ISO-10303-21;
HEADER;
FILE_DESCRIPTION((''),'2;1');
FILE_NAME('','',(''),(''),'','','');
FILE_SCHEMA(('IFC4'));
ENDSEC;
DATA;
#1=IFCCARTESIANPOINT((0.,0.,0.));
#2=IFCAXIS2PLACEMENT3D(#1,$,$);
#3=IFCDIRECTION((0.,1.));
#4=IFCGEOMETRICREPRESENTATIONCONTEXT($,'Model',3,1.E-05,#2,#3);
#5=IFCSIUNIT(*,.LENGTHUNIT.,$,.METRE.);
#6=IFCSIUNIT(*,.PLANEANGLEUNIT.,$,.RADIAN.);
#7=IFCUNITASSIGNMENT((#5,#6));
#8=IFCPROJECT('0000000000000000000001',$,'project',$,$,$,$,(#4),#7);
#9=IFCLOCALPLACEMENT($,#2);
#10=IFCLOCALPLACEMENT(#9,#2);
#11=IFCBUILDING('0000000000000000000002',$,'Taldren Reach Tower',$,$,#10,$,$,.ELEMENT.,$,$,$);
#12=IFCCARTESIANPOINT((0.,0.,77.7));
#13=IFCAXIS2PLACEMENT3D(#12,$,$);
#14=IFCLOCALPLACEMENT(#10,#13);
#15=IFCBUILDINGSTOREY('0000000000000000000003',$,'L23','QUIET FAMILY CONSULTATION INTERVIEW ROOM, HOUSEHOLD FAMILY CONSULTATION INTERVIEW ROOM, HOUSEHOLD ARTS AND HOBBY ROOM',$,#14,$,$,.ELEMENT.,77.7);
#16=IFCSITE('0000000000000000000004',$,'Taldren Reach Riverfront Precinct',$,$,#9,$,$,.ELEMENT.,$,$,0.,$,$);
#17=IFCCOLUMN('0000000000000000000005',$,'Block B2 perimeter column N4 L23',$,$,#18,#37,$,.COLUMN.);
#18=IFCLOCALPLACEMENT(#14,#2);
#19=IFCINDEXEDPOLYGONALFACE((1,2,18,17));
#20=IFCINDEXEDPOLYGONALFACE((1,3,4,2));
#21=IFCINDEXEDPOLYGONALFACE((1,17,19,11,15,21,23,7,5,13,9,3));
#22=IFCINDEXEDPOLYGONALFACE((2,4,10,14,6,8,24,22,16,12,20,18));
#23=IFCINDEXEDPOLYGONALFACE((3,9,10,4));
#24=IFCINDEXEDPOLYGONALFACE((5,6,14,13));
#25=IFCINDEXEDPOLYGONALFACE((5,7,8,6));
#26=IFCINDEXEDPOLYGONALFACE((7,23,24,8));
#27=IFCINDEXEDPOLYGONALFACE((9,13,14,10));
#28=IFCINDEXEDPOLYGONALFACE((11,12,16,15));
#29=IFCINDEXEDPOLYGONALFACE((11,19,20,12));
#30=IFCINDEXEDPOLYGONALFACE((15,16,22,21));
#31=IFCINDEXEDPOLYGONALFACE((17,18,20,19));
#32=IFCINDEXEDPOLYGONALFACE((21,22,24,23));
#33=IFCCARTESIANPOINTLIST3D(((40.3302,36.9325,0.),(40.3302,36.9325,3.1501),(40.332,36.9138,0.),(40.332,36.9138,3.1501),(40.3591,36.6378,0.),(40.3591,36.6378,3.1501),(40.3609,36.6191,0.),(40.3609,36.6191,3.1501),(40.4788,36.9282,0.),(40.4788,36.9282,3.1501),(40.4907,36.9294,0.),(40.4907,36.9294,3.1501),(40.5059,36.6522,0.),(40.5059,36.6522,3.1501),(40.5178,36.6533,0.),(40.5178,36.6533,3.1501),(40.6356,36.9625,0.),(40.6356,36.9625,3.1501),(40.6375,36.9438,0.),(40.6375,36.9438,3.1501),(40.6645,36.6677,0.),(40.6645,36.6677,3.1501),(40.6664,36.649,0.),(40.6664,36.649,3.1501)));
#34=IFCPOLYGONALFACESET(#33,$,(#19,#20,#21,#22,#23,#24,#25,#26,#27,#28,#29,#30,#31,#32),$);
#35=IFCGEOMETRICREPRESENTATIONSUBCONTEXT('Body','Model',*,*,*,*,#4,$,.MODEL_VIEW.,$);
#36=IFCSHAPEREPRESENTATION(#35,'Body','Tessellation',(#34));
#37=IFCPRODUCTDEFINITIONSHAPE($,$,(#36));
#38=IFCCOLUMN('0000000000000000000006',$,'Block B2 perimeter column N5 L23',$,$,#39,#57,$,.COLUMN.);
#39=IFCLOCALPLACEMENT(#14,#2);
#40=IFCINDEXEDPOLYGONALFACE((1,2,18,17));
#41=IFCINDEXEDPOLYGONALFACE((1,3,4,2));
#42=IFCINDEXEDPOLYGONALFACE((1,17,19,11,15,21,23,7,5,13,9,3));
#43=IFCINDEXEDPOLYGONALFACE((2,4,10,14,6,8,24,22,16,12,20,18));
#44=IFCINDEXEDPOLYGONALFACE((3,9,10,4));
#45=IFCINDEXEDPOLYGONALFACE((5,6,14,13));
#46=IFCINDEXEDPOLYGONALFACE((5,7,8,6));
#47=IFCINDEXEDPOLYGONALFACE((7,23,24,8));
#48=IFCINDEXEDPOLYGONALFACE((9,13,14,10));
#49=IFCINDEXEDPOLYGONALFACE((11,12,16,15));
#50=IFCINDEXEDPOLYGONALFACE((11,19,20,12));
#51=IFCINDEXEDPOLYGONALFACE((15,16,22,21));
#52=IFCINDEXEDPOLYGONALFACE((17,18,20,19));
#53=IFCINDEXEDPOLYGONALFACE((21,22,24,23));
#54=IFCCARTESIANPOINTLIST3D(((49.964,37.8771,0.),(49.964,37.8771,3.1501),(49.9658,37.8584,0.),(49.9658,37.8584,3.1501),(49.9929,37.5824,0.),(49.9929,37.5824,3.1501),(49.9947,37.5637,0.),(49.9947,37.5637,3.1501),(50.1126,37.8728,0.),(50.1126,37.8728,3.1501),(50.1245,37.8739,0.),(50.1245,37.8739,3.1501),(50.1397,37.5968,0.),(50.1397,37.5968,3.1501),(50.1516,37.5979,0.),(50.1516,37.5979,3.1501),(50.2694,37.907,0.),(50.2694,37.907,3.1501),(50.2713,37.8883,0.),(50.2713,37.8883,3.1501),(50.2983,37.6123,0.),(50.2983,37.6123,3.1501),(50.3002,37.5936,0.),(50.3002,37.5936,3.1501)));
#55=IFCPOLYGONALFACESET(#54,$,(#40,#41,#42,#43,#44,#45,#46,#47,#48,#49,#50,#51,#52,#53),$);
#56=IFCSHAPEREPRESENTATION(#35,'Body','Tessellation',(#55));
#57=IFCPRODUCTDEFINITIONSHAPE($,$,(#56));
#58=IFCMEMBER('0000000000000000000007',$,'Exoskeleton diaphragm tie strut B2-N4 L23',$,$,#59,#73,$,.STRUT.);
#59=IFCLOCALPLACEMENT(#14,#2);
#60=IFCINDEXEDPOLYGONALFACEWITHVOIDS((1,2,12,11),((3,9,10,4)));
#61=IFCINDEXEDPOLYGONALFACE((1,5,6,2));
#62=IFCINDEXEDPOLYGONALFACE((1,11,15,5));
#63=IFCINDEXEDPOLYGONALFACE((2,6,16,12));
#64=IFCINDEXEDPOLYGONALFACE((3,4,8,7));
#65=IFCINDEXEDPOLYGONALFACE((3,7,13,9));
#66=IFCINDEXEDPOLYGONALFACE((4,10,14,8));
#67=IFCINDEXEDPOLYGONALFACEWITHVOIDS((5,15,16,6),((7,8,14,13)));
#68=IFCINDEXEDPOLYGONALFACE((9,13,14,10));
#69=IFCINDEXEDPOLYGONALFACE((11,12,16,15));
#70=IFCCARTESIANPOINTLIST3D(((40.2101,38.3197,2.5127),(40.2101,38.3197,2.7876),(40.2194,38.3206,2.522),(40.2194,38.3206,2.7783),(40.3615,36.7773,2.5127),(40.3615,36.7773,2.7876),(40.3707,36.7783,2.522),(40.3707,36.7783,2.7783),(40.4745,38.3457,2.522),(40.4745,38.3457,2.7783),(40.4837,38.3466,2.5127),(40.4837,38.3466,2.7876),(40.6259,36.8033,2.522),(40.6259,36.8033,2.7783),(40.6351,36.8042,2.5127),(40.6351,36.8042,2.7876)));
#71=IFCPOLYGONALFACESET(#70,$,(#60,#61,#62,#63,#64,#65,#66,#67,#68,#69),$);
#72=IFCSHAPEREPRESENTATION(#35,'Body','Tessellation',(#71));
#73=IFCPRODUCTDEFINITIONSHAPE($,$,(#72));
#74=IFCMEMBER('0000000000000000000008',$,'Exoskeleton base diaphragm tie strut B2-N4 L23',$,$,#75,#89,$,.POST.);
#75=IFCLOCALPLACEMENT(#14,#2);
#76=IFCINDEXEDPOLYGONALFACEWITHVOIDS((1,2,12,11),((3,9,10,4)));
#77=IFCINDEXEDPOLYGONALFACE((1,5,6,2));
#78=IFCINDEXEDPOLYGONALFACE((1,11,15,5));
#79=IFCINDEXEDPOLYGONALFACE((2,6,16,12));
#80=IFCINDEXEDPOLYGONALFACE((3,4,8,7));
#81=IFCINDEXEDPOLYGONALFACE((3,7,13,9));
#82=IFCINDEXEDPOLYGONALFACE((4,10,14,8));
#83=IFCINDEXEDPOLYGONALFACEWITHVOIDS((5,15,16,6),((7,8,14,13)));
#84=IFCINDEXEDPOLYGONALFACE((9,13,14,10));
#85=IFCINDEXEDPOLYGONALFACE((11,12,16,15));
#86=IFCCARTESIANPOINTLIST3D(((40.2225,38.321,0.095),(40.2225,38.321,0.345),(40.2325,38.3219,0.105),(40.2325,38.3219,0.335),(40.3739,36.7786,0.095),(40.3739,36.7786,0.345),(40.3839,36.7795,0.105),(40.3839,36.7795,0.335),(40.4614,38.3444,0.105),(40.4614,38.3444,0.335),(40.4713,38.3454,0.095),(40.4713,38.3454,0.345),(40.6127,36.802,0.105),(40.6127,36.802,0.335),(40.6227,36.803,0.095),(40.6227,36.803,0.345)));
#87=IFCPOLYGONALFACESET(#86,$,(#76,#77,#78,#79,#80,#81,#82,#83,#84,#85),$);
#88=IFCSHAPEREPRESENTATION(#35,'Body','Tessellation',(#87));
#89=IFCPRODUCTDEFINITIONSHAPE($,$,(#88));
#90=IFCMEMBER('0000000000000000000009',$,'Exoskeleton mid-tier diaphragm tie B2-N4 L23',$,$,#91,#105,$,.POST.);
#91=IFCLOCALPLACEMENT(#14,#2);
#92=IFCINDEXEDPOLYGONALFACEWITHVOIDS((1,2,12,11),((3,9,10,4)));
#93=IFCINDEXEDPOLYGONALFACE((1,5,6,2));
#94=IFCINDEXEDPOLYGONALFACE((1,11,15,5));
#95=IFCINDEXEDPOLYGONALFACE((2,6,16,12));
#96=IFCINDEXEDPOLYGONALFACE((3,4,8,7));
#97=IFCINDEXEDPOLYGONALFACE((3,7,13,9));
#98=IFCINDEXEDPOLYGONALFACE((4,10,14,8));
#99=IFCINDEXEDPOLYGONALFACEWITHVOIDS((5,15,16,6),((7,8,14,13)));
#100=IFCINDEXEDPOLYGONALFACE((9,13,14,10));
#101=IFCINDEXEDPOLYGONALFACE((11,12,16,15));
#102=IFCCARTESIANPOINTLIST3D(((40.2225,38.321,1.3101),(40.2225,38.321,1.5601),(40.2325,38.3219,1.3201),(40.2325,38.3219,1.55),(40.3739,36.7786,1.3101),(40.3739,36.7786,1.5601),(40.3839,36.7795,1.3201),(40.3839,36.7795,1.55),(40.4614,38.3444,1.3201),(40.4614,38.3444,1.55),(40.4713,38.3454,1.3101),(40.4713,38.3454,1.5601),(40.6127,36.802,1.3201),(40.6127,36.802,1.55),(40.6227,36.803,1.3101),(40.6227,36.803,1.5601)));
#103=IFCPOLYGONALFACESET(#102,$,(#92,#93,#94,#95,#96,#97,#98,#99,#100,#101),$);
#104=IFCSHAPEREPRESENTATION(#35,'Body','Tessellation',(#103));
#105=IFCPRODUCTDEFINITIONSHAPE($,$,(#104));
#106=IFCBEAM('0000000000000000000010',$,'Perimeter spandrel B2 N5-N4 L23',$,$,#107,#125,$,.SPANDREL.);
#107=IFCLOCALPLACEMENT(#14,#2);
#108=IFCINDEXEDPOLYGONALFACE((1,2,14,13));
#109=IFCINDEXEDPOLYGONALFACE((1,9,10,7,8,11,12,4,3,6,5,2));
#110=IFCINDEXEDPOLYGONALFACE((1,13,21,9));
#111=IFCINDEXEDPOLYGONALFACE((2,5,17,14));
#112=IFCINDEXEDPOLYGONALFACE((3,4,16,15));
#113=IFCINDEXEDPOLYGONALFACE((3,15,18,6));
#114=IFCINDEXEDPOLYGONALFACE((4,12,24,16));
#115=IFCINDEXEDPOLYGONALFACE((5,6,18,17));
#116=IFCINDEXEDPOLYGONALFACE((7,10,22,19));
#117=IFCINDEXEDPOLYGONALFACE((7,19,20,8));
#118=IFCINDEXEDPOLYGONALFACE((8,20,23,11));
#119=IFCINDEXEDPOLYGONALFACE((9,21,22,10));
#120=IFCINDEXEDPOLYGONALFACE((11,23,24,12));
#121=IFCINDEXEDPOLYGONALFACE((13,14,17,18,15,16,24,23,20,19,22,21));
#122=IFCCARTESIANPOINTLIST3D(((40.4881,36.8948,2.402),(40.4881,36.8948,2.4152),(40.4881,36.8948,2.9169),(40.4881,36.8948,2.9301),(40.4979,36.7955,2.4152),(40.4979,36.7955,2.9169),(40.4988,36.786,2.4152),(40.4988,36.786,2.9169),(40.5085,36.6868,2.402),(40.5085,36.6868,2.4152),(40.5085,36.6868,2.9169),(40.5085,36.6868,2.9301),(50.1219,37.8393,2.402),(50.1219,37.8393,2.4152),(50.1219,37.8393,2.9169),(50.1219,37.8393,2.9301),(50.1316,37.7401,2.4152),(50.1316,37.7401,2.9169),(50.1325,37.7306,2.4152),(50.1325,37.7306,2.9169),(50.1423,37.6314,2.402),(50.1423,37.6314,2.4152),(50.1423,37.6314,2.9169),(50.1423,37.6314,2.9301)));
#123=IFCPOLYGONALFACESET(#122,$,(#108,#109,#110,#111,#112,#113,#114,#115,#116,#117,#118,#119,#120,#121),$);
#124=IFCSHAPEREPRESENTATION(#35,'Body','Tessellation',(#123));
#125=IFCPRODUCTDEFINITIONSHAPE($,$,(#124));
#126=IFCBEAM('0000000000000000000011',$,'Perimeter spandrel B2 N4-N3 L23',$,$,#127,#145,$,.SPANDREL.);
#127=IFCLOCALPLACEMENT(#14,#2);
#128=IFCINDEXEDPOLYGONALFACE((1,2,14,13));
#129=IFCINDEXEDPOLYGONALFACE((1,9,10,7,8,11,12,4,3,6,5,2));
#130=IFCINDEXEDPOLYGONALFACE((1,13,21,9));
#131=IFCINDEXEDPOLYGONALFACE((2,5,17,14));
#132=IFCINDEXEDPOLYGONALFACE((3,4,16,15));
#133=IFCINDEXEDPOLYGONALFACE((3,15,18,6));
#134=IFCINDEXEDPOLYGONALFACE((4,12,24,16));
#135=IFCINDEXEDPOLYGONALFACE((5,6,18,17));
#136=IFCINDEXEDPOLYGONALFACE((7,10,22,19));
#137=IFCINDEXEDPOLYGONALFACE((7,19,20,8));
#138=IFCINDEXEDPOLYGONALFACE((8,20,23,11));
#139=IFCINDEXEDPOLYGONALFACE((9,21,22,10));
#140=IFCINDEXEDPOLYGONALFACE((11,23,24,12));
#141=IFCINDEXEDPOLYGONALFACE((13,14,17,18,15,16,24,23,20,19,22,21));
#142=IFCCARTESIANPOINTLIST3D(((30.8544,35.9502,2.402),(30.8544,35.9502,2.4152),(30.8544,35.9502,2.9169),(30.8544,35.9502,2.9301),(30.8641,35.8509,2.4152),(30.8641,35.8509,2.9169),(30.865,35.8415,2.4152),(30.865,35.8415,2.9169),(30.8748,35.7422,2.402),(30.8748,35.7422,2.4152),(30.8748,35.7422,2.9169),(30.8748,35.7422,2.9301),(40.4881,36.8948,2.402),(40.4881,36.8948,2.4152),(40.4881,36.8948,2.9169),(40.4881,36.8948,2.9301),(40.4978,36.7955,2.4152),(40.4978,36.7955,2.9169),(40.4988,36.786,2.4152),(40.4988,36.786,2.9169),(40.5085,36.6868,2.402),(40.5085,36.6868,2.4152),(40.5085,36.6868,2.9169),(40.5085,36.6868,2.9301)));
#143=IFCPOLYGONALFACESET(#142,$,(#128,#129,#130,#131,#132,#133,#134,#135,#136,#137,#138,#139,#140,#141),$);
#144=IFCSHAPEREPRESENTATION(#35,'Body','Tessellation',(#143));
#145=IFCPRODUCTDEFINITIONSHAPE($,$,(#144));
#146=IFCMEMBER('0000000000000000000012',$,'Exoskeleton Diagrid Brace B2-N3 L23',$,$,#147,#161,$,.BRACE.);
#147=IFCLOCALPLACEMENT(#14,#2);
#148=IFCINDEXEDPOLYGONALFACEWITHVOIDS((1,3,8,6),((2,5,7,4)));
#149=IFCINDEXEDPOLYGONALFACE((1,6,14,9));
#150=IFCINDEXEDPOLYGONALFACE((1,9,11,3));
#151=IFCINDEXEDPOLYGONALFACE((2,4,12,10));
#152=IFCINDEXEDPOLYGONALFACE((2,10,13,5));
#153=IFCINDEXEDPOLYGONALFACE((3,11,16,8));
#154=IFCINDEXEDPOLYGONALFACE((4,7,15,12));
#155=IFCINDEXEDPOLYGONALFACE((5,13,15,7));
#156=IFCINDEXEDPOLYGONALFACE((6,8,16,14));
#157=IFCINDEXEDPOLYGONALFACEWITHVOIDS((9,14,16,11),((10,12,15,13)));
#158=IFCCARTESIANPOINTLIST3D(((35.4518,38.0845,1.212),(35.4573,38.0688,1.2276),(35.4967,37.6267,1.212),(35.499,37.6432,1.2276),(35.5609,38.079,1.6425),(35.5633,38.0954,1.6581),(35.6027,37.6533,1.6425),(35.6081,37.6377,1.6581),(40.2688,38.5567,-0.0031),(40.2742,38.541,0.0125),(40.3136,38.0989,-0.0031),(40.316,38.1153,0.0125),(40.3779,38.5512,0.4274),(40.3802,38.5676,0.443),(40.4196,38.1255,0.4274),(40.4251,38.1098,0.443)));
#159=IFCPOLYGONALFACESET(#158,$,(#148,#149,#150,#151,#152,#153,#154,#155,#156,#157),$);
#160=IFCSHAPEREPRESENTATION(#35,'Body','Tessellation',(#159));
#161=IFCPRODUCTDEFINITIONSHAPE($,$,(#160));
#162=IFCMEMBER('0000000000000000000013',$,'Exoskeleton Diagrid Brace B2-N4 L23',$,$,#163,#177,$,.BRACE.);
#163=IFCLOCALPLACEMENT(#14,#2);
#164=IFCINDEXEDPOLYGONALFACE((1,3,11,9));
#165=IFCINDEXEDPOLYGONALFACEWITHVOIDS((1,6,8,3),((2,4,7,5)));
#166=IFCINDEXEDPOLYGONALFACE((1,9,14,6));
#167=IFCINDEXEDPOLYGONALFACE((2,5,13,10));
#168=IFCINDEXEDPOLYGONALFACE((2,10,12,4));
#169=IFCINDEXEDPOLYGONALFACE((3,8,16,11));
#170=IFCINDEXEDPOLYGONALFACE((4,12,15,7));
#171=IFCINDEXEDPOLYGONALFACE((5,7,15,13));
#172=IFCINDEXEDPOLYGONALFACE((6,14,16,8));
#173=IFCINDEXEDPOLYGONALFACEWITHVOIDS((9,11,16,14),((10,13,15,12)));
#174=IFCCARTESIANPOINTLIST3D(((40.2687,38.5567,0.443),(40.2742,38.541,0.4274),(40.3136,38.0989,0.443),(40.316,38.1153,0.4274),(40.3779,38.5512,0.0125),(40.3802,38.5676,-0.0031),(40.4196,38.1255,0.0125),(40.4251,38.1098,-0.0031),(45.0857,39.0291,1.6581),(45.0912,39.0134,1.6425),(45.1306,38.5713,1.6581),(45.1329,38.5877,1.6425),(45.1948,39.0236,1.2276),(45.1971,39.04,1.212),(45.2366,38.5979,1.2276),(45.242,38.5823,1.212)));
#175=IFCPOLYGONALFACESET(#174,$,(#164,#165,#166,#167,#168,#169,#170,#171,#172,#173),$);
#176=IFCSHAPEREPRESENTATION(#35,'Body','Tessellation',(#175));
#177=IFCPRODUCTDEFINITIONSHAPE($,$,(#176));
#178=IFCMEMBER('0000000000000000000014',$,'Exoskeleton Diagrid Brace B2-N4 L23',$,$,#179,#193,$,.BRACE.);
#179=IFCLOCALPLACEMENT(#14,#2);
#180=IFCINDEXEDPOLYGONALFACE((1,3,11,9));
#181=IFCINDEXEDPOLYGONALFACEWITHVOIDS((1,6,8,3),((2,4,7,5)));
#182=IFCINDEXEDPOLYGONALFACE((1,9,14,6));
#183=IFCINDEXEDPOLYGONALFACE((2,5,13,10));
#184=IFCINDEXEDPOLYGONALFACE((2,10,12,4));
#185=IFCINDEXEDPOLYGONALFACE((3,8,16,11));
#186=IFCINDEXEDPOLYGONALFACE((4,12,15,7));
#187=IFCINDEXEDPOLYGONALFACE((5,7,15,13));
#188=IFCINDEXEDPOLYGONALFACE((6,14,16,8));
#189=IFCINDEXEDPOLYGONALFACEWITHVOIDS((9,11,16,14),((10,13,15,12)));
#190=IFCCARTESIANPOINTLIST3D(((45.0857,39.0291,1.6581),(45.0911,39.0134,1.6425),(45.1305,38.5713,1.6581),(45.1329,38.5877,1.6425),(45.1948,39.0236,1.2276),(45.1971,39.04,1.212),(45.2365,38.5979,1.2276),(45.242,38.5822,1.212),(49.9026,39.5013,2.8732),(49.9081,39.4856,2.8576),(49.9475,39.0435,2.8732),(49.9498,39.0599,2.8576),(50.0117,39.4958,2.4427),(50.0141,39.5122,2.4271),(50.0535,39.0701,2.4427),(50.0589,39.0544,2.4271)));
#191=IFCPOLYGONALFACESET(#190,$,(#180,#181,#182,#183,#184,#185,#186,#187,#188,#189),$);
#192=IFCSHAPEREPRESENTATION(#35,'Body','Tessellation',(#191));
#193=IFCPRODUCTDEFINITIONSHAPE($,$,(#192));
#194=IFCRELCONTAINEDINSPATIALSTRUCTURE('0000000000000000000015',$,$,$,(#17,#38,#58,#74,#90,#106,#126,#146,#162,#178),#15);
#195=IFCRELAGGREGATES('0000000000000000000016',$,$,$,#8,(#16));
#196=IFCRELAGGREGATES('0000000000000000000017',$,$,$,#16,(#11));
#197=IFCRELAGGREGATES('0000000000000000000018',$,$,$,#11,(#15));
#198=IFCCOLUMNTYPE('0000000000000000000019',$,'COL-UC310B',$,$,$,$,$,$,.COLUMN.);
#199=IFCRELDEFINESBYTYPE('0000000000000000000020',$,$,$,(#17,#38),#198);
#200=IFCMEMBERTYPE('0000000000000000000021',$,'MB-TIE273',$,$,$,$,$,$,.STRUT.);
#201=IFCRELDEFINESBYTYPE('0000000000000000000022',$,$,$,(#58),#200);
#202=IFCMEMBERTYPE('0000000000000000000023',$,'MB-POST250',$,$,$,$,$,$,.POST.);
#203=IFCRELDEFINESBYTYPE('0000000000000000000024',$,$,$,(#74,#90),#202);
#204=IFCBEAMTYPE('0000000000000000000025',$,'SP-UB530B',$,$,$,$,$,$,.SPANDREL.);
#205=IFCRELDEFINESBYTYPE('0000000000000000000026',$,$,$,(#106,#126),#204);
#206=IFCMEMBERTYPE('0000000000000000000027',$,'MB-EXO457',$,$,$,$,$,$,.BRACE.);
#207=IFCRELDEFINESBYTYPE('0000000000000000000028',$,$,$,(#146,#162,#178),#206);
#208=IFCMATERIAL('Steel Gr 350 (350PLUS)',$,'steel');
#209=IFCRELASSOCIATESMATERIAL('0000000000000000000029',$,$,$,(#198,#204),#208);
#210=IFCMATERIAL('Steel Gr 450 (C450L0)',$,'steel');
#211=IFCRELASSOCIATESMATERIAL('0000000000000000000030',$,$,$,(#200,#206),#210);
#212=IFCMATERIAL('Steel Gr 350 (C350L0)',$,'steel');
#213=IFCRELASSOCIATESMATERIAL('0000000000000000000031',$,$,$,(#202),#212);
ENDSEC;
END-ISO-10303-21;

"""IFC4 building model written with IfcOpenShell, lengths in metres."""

from ifc_helpers import new_model, si_unit, direction, frame, origin, origin_2d, place, context, subcontext, project, spatial, hollow_rectangle, i_section, extrude, source, transform, mapped, material, material_profile, profile_set, type_object, element, save


model = new_model("IFC4")

# Units and contexts
model_context = context("Model", 3, precision=1e-05, world=origin(), true_north=direction((0.0, 1.0)))
body_context = subcontext(model_context, "Body", "Model", "MODEL_VIEW")
ifc_project = project(units=[si_unit("LENGTHUNIT", "METRE"), si_unit("PLANEANGLEUNIT", "RADIAN")], contexts=[model_context])

# Site, building, storey
site_placement = place(None, origin())
site = spatial("IfcSite", under=ifc_project, at=site_placement, Name="Taldren Reach Riverfront Precinct", CompositionType="ELEMENT", RefElevation=0.0)
building_placement = place(site_placement, origin())
building = spatial("IfcBuilding", under=site, at=building_placement, Name="Taldren Reach Tower", CompositionType="ELEMENT")
storey_placement = place(building_placement, frame((0.0, 0.0, 77.7)))
storey = spatial("IfcBuildingStorey", under=building, at=storey_placement, Name="L23", Description="QUIET FAMILY CONSULTATION INTERVIEW ROOM, HOUSEHOLD FAMILY CONSULTATION INTERVIEW ROOM, HOUSEHOLD ARTS AND HOBBY ROOM", CompositionType="ELEMENT", Elevation=77.7)

# Columns
ifc_material_1 = material(Name="Steel Gr 350 (350PLUS)", Category="steel")
ifc_material_profile_1 = material_profile(ifc_material_1, i_section(OverallWidth=0.3069, OverallDepth=0.3149, WebThickness=0.012, FlangeThickness=0.0188, at=origin_2d()), Name="310UC118")
ifc_profile_set_1 = profile_set([ifc_material_profile_1], Name="Steel Gr 350 (350PLUS)")
column_type = type_object("IfcColumnType", Name="COL-UC310B", PredefinedType="COLUMN", material=ifc_profile_set_1)
shared_shape_1 = source(origin(), body_context, "Body", "SweptSolid", [
    extrude(i_section(OverallWidth=0.3069, OverallDepth=0.3149, WebThickness=0.012, FlangeThickness=0.0188, at=origin_2d()), origin(), (0.0, 0.0, 1.0), 3.1501),
])
for number, where, z_axis, x_axis, name in (
    (1, (40.4983, 36.7908, 0.0), (0.0, 0.0, 1.0), (0.995227, 0.097583, 0.0), "Block B2 perimeter column N4 L23"),
    (2, (50.1321, 37.7354, 0.0), (0.0, 0.0, 1.0), (0.995227, 0.097583, 0.0), "Block B2 perimeter column N5 L23"),
):
    element("IfcColumn", number, at=place(storey_placement, frame(where, z_axis=z_axis, x_axis=x_axis)), inside=storey, type_object=column_type, Name=name, PredefinedType="COLUMN", context=body_context, shape_type="MappedRepresentation", body=[
        mapped(shared_shape_1, transform((0.0, 0.0, 0.0), scale=1.0)),
    ])

# Members
ifc_material_2 = material(Name="Steel Gr 450 (C450L0)", Category="steel")
ifc_material_profile_2 = material_profile(ifc_material_2, hollow_rectangle(XDim=0.2749, YDim=0.2749, WallThickness=0.0093, at=origin_2d()), Name="275x275x9.3SHS")
ifc_profile_set_2 = profile_set([ifc_material_profile_2], Name="Steel Gr 450 (C450L0)")
member_type_1 = type_object("IfcMemberType", Name="MB-TIE273", PredefinedType="STRUT", material=ifc_profile_set_2)
shared_shape_2 = source(origin(), body_context, "Body", "SweptSolid", [
    extrude(hollow_rectangle(XDim=0.2749, YDim=0.2749, WallThickness=0.0093, at=origin_2d()), origin(), (0.0, 0.0, 1.0), 1.5498),
])
member_1_placement = place(storey_placement, frame((40.4983, 36.7908, 2.6501), z_axis=(-0.097663, 0.99522, 0.0), x_axis=(-0.99522, -0.097663, 0.0)))
element("IfcMember", 3, at=member_1_placement, inside=storey, type_object=member_type_1, Name="Exoskeleton diaphragm tie strut B2-N4 L23", PredefinedType="STRUT", context=body_context, shape_type="MappedRepresentation", body=[
    mapped(shared_shape_2, transform((0.0, 0.0, 0.0), scale=1.0)),
])
ifc_material_3 = material(Name="Steel Gr 350 (C350L0)", Category="steel")
ifc_material_profile_3 = material_profile(ifc_material_3, hollow_rectangle(XDim=0.25, YDim=0.25, WallThickness=0.01, at=origin_2d()), Name="250x250x10.0SHS")
ifc_profile_set_3 = profile_set([ifc_material_profile_3], Name="Steel Gr 350 (C350L0)")
member_type_2 = type_object("IfcMemberType", Name="MB-POST250", PredefinedType="POST", material=ifc_profile_set_3)
shared_shape_3 = source(origin(), body_context, "Body", "SweptSolid", [
    extrude(hollow_rectangle(XDim=0.25, YDim=0.25, WallThickness=0.01, at=origin_2d()), origin(), (0.0, 0.0, 1.0), 1.5498),
])
for number, where, z_axis, x_axis, name in (
    (4, (40.4983, 36.7908, 0.22), (-0.097663, 0.99522, 0.0), (-0.99522, -0.097663, 0.0), "Exoskeleton base diaphragm tie strut B2-N4 L23"),
    (5, (40.4983, 36.7908, 1.4351), (-0.097663, 0.99522, 0.0), (-0.99522, -0.097663, 0.0), "Exoskeleton mid-tier diaphragm tie B2-N4 L23"),
):
    element("IfcMember", number, at=place(storey_placement, frame(where, z_axis=z_axis, x_axis=x_axis)), inside=storey, type_object=member_type_2, Name=name, PredefinedType="POST", context=body_context, shape_type="MappedRepresentation", body=[
        mapped(shared_shape_3, transform((0.0, 0.0, 0.0), scale=1.0)),
    ])

# Beams
ifc_material_profile_4 = material_profile(ifc_material_1, i_section(OverallWidth=0.209, OverallDepth=0.5281, WebThickness=0.0095, FlangeThickness=0.0132, at=origin_2d()), Name="530UB82.0")
ifc_profile_set_4 = profile_set([ifc_material_profile_4], Name="Steel Gr 350 (350PLUS)")
beam_type = type_object("IfcBeamType", Name="SP-UB530B", PredefinedType="SPANDREL", material=ifc_profile_set_4)
shared_shape_4 = source(origin(), body_context, "Body", "SweptSolid", [
    extrude(i_section(OverallWidth=0.209, OverallDepth=0.5281, WebThickness=0.0095, FlangeThickness=0.0132, at=origin_2d()), origin(), (0.0, 0.0, 1.0), 9.6799),
])
for number, where, z_axis, x_axis, name in (
    (6, (50.1321, 37.7354, 2.666), (-0.995228, -0.097581, 0.0), (0.097581, -0.995228, 0.0), "Perimeter spandrel B2 N5-N4 L23"),
    (7, (40.4983, 36.7908, 2.666), (-0.995228, -0.097581, 0.0), (0.097581, -0.995228, 0.0), "Perimeter spandrel B2 N4-N3 L23"),
):
    element("IfcBeam", number, at=place(storey_placement, frame(where, z_axis=z_axis, x_axis=x_axis)), inside=storey, type_object=beam_type, Name=name, PredefinedType="SPANDREL", context=body_context, shape_type="MappedRepresentation", body=[
        mapped(shared_shape_4, transform((0.0, 0.0, 0.0), scale=1.0)),
    ])

# Members
ifc_material_profile_5 = material_profile(ifc_material_2, hollow_rectangle(XDim=0.46, YDim=0.46, WallThickness=0.0161, at=origin_2d()), Name="460x460x16.0SHS")
ifc_profile_set_5 = profile_set([ifc_material_profile_5], Name="Steel Gr 450 (C450L0)")
member_type_3 = type_object("IfcMemberType", Name="MB-EXO457", PredefinedType="BRACE", material=ifc_profile_set_5)
shared_shape_5 = source(origin(), body_context, "Body", "SweptSolid", [
    extrude(hollow_rectangle(XDim=0.46, YDim=0.46, WallThickness=0.0161, at=origin_2d()), origin(), (0.0, 0.0, 1.0), 4.9902),
])
for number, where, z_axis, x_axis, name in (
    (8, (40.3469, 38.3333, 0.22), (-0.965276, -0.09462, 0.243496), (0.097556, -0.99523, 0.0), "Exoskeleton Diagrid Brace B2-N3 L23"),
    (9, (40.3469, 38.3333, 0.22), (0.965271, 0.094668, 0.243495), (-0.097606, 0.995225, 0.0), "Exoskeleton Diagrid Brace B2-N4 L23"),
    (10, (45.1638, 38.8057, 1.4351), (0.965276, 0.09462, 0.243496), (-0.097556, 0.99523, 0.0), "Exoskeleton Diagrid Brace B2-N4 L23"),
):
    element("IfcMember", number, at=place(storey_placement, frame(where, z_axis=z_axis, x_axis=x_axis)), inside=storey, type_object=member_type_3, Name=name, PredefinedType="BRACE", context=body_context, shape_type="MappedRepresentation", body=[
        mapped(shared_shape_5, transform((0.0, 0.0, 0.0), scale=1.0)),
    ])

save(model, "model.ifc")
